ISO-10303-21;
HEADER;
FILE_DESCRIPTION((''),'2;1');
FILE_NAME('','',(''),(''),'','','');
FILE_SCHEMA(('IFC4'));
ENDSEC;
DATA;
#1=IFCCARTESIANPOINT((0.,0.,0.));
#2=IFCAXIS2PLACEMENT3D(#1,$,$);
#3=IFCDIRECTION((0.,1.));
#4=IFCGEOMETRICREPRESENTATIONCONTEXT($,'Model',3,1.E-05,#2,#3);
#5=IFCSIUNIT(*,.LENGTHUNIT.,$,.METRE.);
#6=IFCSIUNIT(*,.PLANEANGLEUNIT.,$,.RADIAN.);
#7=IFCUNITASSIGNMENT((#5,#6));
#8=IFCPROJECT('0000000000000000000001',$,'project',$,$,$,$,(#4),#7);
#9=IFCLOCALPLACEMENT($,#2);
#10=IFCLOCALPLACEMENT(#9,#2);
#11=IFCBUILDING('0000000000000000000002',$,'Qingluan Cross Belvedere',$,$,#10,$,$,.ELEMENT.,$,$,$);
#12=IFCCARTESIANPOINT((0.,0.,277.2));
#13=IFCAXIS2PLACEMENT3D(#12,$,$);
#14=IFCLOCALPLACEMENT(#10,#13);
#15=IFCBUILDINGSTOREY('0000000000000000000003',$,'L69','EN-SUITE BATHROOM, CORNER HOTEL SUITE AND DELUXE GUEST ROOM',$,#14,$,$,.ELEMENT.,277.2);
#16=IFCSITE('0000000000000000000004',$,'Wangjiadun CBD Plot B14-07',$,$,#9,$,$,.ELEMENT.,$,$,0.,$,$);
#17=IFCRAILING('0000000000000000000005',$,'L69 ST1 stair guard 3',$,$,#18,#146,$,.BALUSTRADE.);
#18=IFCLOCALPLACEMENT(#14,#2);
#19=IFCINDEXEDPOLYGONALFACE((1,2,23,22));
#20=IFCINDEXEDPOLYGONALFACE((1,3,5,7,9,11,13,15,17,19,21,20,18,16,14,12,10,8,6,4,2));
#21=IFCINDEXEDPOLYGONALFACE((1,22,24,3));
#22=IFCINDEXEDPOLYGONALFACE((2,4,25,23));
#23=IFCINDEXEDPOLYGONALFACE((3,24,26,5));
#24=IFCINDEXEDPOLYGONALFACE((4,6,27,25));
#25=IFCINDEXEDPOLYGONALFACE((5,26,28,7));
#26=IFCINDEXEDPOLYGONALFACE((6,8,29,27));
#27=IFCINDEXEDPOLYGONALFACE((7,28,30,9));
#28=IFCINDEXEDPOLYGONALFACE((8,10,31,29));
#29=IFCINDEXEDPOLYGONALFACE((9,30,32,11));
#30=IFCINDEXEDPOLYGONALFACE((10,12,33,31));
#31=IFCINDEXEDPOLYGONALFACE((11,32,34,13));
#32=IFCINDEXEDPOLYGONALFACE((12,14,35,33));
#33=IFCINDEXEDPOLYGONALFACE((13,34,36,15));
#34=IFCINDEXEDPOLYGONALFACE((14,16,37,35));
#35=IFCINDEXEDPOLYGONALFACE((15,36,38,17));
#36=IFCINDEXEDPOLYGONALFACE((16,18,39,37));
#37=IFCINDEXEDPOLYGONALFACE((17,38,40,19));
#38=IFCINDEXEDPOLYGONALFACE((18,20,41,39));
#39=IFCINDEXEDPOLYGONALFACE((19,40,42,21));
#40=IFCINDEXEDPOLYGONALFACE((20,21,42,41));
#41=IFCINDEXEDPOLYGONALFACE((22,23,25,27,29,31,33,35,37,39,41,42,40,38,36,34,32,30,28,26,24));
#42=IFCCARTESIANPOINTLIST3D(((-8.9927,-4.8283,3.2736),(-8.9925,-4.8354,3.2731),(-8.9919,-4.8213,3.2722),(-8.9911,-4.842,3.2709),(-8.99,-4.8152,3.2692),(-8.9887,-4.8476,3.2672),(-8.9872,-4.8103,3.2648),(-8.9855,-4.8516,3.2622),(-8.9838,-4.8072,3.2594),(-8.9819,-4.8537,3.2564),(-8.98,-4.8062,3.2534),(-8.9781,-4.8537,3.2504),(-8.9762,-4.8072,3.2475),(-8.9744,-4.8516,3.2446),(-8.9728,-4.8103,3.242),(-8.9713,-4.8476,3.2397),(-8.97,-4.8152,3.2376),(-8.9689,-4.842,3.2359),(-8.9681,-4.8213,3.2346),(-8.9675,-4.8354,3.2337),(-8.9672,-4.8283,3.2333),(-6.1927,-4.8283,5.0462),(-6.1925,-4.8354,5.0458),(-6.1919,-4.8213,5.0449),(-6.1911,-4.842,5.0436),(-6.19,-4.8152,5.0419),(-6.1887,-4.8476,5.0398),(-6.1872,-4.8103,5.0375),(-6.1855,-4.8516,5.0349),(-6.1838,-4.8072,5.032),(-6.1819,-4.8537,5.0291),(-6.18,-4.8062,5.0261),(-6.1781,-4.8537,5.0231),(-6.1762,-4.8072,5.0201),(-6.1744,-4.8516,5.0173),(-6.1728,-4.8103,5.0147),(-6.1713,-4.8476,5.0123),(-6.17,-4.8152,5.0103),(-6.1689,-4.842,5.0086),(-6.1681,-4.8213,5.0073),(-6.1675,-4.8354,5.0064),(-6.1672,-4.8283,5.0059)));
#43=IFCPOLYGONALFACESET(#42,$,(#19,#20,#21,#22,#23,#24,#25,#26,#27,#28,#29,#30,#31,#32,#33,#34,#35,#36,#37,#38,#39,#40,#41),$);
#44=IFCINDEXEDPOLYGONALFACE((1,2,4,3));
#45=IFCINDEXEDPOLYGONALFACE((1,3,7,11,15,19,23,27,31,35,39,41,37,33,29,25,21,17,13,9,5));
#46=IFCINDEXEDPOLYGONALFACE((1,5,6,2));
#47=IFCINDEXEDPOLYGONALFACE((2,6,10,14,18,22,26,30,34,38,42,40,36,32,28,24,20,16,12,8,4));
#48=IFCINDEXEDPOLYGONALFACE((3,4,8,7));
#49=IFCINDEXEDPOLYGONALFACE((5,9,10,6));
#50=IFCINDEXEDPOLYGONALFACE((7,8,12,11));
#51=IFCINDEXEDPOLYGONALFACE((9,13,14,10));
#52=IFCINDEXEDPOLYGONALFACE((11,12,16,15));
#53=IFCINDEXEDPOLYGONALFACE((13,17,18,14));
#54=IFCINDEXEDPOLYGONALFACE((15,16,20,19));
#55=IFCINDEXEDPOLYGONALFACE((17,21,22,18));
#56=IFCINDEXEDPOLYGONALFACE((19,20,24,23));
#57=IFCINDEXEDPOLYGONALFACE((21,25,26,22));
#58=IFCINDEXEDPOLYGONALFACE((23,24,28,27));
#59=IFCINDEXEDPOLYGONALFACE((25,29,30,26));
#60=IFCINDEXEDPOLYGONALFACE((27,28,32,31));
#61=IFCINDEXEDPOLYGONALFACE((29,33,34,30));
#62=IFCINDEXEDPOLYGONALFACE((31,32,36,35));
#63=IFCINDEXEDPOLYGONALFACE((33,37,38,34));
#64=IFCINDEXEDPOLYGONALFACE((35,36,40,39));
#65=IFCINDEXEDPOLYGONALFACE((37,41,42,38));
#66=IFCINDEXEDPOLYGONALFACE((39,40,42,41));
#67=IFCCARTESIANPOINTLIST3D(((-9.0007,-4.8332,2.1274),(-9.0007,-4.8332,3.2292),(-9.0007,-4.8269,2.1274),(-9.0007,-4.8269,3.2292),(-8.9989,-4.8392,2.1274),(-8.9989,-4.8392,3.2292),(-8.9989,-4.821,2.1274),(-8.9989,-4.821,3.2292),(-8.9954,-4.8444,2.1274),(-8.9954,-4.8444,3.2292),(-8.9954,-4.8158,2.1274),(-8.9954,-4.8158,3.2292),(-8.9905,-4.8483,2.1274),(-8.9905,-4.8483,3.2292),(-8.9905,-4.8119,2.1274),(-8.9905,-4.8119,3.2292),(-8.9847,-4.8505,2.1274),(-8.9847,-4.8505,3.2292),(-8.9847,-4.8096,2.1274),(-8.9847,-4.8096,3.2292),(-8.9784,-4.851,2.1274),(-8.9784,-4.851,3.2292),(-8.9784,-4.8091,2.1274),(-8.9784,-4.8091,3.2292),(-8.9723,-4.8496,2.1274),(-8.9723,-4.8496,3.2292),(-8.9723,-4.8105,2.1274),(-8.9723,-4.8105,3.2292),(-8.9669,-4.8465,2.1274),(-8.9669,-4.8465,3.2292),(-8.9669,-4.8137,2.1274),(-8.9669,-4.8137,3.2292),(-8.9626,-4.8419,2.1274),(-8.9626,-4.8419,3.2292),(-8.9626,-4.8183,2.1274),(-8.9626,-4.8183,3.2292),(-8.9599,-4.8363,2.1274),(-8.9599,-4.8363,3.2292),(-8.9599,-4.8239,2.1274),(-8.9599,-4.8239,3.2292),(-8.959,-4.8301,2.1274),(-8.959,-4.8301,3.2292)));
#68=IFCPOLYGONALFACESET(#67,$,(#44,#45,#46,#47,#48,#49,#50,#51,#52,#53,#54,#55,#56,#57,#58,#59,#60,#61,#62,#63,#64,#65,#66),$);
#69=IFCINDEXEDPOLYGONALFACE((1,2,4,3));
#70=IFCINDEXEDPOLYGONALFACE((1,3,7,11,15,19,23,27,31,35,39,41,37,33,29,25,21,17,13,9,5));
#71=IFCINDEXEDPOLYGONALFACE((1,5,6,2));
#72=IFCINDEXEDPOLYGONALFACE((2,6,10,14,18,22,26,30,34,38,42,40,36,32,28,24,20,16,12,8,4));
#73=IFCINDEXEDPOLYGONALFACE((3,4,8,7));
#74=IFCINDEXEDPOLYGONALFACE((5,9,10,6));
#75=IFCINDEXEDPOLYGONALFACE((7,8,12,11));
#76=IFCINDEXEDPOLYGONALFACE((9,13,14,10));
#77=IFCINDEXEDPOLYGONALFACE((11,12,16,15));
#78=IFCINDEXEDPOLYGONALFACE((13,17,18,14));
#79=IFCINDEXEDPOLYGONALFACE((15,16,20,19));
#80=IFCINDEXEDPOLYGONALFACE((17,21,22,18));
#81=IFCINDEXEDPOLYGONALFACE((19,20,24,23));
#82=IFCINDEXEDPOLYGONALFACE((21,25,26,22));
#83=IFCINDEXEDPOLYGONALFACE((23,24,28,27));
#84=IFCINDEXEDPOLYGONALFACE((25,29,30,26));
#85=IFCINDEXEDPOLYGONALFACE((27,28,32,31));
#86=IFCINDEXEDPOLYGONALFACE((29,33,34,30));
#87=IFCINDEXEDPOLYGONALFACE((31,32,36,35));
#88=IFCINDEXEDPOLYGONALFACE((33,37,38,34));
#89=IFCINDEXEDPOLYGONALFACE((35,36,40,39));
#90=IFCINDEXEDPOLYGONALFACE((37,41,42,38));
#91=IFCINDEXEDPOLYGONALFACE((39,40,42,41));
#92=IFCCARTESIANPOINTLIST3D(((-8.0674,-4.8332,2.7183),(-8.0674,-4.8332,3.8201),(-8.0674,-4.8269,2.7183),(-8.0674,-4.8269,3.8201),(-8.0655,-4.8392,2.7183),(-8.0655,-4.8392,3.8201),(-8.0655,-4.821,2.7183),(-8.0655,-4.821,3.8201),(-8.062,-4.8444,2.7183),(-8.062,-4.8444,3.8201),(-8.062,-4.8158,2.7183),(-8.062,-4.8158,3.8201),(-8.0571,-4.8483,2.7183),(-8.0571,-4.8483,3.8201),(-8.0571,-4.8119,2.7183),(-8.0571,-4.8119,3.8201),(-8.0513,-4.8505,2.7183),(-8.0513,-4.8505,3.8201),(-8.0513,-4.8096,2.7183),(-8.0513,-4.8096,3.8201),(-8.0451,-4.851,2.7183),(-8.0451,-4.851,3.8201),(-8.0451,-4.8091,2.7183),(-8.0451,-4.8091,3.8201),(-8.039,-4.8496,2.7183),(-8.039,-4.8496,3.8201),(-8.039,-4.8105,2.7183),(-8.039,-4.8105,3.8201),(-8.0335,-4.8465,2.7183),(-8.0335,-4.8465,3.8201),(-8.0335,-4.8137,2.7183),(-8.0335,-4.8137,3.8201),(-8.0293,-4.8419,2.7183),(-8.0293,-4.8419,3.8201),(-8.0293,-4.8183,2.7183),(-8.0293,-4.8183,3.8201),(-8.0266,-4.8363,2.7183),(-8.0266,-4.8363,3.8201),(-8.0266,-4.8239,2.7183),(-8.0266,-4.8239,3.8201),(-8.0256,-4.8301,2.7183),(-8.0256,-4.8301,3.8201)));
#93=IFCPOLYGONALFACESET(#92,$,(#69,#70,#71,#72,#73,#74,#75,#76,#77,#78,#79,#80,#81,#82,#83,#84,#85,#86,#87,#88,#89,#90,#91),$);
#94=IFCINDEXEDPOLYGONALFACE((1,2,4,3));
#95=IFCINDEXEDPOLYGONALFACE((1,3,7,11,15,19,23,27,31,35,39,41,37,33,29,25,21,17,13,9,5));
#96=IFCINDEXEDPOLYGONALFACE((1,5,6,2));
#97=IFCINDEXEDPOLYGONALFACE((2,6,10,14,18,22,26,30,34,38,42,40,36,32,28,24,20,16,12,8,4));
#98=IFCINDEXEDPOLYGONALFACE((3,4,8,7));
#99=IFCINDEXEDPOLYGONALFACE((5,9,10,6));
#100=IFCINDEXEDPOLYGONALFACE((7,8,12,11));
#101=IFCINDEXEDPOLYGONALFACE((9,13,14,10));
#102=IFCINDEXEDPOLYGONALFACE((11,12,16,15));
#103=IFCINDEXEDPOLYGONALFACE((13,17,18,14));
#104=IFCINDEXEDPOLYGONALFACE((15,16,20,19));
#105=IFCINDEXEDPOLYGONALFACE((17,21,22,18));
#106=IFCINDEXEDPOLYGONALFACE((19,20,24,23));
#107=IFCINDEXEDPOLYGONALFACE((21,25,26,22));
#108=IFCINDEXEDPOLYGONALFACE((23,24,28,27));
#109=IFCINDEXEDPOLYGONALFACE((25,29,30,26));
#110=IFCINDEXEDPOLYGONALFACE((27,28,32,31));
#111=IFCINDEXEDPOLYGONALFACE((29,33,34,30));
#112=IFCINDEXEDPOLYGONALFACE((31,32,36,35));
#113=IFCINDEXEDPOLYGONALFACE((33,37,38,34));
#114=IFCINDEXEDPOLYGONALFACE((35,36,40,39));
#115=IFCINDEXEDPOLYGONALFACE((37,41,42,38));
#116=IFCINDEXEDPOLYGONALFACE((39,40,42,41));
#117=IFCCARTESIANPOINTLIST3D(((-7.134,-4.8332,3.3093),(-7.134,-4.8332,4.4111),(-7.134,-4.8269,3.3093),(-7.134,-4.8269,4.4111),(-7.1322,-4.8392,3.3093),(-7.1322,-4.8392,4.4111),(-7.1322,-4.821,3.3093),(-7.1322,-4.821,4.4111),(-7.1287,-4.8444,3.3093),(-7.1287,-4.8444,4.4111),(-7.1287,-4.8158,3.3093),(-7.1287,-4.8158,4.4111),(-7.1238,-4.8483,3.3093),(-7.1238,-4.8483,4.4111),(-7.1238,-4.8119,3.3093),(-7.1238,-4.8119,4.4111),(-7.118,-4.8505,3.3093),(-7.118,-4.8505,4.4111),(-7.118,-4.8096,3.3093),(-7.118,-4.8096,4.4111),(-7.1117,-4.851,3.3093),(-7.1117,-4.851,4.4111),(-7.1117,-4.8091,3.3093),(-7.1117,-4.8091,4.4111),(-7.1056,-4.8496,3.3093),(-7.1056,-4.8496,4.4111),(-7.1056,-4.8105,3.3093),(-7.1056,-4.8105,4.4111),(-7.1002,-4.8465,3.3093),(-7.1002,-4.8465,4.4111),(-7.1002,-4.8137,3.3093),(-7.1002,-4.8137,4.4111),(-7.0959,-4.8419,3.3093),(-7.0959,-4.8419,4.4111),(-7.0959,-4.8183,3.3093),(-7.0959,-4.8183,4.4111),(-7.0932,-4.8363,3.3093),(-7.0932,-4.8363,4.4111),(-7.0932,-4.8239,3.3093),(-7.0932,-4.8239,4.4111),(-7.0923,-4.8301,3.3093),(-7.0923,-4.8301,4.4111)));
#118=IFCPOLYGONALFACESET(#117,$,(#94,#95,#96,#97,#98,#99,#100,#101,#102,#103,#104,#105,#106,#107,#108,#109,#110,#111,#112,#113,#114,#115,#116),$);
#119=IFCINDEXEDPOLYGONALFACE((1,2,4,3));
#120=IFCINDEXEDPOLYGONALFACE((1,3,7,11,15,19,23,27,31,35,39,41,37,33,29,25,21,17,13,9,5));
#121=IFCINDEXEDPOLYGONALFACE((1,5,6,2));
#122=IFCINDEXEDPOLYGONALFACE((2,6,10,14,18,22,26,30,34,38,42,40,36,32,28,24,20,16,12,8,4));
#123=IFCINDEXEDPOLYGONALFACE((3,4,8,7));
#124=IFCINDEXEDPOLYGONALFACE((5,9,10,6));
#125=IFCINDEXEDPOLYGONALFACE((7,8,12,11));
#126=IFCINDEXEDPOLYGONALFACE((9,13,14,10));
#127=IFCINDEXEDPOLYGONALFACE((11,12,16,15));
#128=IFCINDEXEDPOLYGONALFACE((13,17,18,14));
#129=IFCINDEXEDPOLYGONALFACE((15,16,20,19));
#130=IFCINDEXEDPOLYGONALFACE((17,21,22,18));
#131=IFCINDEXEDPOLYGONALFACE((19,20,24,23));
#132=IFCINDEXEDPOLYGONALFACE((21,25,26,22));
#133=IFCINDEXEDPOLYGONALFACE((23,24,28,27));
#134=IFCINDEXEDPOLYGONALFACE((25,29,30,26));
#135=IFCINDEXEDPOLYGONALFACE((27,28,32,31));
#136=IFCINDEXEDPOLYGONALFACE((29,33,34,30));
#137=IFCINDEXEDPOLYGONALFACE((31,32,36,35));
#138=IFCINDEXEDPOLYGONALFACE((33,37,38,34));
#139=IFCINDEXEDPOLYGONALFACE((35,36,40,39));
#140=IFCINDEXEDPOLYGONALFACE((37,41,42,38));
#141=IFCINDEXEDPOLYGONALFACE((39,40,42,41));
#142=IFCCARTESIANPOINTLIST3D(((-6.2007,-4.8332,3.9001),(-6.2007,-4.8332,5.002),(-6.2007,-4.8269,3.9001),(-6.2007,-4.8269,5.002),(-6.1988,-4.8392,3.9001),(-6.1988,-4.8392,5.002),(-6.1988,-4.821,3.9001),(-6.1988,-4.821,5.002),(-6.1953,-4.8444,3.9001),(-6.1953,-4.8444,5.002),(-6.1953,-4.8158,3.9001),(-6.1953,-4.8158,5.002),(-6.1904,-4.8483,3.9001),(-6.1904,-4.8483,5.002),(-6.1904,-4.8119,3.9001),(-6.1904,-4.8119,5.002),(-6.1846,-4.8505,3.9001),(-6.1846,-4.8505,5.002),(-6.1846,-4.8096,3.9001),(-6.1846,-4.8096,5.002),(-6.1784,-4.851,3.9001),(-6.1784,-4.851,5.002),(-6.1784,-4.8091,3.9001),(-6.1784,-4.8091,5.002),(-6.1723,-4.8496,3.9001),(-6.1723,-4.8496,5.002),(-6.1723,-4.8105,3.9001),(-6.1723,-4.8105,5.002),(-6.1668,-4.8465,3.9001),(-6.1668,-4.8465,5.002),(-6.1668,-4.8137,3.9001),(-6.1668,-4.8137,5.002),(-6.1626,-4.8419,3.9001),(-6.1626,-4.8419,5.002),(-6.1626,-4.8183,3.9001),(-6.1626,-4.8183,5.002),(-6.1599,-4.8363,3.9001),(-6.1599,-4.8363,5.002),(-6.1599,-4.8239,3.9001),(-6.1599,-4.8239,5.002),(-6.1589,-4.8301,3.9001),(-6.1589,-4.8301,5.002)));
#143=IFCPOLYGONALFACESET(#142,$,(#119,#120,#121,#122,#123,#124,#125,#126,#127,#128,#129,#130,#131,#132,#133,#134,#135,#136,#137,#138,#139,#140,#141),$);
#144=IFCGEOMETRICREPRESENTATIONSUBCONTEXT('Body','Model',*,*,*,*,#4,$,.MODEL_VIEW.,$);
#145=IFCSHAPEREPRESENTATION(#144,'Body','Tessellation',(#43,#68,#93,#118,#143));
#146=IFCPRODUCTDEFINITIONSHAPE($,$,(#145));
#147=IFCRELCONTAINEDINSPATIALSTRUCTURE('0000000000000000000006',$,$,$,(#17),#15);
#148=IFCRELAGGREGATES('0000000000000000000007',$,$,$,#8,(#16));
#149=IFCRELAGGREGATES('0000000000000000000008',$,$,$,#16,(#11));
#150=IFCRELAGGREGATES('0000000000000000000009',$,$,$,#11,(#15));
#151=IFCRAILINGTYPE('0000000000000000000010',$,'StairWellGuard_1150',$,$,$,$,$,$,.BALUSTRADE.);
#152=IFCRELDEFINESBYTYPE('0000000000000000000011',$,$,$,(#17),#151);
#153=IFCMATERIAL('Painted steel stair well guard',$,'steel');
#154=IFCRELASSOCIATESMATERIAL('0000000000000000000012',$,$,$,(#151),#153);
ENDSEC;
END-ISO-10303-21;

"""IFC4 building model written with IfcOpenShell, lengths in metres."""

from ifc_helpers import new_model, si_unit, direction, frame, origin, origin_2d, place, context, subcontext, project, spatial, circle, extrude, material, type_object, element, save


model = new_model("IFC4")

# Units and contexts
model_context = context("Model", 3, precision=1e-05, world=origin(), true_north=direction((0.0, 1.0)))
body_context = subcontext(model_context, "Body", "Model", "MODEL_VIEW")
ifc_project = project(units=[si_unit("LENGTHUNIT", "METRE"), si_unit("PLANEANGLEUNIT", "RADIAN")], contexts=[model_context])

# Site, building, storey
site_placement = place(None, origin())
site = spatial("IfcSite", under=ifc_project, at=site_placement, Name="Wangjiadun CBD Plot B14-07", CompositionType="ELEMENT", RefElevation=0.0)
building_placement = place(site_placement, origin())
building = spatial("IfcBuilding", under=site, at=building_placement, Name="Qingluan Cross Belvedere", CompositionType="ELEMENT")
storey_placement = place(building_placement, frame((0.0, 0.0, 277.2)))
storey = spatial("IfcBuildingStorey", under=building, at=storey_placement, Name="L69", Description="EN-SUITE BATHROOM, CORNER HOTEL SUITE AND DELUXE GUEST ROOM", CompositionType="ELEMENT", Elevation=277.2)

# Railing
ifc_material_1 = material(Name="Painted steel stair well guard", Category="steel")
railing_type_1 = type_object("IfcRailingType", Name="StairWellGuard_1150", PredefinedType="BALUSTRADE", material=ifc_material_1)
railing_1_placement = place(storey_placement, frame((-8.98, -4.8301, 2.1274)))
element("IfcRailing", 1, at=railing_1_placement, inside=storey, type_object=railing_type_1, Name="L69 ST1 stair guard 3", PredefinedType="BALUSTRADE", context=body_context, shape_type="SweptSolid", body=[
    extrude(circle(Radius=0.0239, at=origin_2d()), frame((0.0, 0.0, 1.126), z_axis=(0.844909, 0.0, 0.53491), x_axis=(0.0, 1.0, 0.0)), (0.0, 0.0, 1.0), 3.314),
    extrude(circle(Radius=0.021, at=origin_2d()), origin(), (0.0, 0.0, 1.0), 1.1018),
    extrude(circle(Radius=0.021, at=origin_2d()), frame((0.9333, 0.0, 0.5908)), (0.0, 0.0, 1.0), 1.1018),
    extrude(circle(Radius=0.021, at=origin_2d()), frame((1.8667, 0.0, 1.1819)), (0.0, 0.0, 1.0), 1.1018),
    extrude(circle(Radius=0.021, at=origin_2d()), frame((2.8, 0.0, 1.7727)), (0.0, 0.0, 1.0), 1.1018),
])

save(model, "model.ifc")
